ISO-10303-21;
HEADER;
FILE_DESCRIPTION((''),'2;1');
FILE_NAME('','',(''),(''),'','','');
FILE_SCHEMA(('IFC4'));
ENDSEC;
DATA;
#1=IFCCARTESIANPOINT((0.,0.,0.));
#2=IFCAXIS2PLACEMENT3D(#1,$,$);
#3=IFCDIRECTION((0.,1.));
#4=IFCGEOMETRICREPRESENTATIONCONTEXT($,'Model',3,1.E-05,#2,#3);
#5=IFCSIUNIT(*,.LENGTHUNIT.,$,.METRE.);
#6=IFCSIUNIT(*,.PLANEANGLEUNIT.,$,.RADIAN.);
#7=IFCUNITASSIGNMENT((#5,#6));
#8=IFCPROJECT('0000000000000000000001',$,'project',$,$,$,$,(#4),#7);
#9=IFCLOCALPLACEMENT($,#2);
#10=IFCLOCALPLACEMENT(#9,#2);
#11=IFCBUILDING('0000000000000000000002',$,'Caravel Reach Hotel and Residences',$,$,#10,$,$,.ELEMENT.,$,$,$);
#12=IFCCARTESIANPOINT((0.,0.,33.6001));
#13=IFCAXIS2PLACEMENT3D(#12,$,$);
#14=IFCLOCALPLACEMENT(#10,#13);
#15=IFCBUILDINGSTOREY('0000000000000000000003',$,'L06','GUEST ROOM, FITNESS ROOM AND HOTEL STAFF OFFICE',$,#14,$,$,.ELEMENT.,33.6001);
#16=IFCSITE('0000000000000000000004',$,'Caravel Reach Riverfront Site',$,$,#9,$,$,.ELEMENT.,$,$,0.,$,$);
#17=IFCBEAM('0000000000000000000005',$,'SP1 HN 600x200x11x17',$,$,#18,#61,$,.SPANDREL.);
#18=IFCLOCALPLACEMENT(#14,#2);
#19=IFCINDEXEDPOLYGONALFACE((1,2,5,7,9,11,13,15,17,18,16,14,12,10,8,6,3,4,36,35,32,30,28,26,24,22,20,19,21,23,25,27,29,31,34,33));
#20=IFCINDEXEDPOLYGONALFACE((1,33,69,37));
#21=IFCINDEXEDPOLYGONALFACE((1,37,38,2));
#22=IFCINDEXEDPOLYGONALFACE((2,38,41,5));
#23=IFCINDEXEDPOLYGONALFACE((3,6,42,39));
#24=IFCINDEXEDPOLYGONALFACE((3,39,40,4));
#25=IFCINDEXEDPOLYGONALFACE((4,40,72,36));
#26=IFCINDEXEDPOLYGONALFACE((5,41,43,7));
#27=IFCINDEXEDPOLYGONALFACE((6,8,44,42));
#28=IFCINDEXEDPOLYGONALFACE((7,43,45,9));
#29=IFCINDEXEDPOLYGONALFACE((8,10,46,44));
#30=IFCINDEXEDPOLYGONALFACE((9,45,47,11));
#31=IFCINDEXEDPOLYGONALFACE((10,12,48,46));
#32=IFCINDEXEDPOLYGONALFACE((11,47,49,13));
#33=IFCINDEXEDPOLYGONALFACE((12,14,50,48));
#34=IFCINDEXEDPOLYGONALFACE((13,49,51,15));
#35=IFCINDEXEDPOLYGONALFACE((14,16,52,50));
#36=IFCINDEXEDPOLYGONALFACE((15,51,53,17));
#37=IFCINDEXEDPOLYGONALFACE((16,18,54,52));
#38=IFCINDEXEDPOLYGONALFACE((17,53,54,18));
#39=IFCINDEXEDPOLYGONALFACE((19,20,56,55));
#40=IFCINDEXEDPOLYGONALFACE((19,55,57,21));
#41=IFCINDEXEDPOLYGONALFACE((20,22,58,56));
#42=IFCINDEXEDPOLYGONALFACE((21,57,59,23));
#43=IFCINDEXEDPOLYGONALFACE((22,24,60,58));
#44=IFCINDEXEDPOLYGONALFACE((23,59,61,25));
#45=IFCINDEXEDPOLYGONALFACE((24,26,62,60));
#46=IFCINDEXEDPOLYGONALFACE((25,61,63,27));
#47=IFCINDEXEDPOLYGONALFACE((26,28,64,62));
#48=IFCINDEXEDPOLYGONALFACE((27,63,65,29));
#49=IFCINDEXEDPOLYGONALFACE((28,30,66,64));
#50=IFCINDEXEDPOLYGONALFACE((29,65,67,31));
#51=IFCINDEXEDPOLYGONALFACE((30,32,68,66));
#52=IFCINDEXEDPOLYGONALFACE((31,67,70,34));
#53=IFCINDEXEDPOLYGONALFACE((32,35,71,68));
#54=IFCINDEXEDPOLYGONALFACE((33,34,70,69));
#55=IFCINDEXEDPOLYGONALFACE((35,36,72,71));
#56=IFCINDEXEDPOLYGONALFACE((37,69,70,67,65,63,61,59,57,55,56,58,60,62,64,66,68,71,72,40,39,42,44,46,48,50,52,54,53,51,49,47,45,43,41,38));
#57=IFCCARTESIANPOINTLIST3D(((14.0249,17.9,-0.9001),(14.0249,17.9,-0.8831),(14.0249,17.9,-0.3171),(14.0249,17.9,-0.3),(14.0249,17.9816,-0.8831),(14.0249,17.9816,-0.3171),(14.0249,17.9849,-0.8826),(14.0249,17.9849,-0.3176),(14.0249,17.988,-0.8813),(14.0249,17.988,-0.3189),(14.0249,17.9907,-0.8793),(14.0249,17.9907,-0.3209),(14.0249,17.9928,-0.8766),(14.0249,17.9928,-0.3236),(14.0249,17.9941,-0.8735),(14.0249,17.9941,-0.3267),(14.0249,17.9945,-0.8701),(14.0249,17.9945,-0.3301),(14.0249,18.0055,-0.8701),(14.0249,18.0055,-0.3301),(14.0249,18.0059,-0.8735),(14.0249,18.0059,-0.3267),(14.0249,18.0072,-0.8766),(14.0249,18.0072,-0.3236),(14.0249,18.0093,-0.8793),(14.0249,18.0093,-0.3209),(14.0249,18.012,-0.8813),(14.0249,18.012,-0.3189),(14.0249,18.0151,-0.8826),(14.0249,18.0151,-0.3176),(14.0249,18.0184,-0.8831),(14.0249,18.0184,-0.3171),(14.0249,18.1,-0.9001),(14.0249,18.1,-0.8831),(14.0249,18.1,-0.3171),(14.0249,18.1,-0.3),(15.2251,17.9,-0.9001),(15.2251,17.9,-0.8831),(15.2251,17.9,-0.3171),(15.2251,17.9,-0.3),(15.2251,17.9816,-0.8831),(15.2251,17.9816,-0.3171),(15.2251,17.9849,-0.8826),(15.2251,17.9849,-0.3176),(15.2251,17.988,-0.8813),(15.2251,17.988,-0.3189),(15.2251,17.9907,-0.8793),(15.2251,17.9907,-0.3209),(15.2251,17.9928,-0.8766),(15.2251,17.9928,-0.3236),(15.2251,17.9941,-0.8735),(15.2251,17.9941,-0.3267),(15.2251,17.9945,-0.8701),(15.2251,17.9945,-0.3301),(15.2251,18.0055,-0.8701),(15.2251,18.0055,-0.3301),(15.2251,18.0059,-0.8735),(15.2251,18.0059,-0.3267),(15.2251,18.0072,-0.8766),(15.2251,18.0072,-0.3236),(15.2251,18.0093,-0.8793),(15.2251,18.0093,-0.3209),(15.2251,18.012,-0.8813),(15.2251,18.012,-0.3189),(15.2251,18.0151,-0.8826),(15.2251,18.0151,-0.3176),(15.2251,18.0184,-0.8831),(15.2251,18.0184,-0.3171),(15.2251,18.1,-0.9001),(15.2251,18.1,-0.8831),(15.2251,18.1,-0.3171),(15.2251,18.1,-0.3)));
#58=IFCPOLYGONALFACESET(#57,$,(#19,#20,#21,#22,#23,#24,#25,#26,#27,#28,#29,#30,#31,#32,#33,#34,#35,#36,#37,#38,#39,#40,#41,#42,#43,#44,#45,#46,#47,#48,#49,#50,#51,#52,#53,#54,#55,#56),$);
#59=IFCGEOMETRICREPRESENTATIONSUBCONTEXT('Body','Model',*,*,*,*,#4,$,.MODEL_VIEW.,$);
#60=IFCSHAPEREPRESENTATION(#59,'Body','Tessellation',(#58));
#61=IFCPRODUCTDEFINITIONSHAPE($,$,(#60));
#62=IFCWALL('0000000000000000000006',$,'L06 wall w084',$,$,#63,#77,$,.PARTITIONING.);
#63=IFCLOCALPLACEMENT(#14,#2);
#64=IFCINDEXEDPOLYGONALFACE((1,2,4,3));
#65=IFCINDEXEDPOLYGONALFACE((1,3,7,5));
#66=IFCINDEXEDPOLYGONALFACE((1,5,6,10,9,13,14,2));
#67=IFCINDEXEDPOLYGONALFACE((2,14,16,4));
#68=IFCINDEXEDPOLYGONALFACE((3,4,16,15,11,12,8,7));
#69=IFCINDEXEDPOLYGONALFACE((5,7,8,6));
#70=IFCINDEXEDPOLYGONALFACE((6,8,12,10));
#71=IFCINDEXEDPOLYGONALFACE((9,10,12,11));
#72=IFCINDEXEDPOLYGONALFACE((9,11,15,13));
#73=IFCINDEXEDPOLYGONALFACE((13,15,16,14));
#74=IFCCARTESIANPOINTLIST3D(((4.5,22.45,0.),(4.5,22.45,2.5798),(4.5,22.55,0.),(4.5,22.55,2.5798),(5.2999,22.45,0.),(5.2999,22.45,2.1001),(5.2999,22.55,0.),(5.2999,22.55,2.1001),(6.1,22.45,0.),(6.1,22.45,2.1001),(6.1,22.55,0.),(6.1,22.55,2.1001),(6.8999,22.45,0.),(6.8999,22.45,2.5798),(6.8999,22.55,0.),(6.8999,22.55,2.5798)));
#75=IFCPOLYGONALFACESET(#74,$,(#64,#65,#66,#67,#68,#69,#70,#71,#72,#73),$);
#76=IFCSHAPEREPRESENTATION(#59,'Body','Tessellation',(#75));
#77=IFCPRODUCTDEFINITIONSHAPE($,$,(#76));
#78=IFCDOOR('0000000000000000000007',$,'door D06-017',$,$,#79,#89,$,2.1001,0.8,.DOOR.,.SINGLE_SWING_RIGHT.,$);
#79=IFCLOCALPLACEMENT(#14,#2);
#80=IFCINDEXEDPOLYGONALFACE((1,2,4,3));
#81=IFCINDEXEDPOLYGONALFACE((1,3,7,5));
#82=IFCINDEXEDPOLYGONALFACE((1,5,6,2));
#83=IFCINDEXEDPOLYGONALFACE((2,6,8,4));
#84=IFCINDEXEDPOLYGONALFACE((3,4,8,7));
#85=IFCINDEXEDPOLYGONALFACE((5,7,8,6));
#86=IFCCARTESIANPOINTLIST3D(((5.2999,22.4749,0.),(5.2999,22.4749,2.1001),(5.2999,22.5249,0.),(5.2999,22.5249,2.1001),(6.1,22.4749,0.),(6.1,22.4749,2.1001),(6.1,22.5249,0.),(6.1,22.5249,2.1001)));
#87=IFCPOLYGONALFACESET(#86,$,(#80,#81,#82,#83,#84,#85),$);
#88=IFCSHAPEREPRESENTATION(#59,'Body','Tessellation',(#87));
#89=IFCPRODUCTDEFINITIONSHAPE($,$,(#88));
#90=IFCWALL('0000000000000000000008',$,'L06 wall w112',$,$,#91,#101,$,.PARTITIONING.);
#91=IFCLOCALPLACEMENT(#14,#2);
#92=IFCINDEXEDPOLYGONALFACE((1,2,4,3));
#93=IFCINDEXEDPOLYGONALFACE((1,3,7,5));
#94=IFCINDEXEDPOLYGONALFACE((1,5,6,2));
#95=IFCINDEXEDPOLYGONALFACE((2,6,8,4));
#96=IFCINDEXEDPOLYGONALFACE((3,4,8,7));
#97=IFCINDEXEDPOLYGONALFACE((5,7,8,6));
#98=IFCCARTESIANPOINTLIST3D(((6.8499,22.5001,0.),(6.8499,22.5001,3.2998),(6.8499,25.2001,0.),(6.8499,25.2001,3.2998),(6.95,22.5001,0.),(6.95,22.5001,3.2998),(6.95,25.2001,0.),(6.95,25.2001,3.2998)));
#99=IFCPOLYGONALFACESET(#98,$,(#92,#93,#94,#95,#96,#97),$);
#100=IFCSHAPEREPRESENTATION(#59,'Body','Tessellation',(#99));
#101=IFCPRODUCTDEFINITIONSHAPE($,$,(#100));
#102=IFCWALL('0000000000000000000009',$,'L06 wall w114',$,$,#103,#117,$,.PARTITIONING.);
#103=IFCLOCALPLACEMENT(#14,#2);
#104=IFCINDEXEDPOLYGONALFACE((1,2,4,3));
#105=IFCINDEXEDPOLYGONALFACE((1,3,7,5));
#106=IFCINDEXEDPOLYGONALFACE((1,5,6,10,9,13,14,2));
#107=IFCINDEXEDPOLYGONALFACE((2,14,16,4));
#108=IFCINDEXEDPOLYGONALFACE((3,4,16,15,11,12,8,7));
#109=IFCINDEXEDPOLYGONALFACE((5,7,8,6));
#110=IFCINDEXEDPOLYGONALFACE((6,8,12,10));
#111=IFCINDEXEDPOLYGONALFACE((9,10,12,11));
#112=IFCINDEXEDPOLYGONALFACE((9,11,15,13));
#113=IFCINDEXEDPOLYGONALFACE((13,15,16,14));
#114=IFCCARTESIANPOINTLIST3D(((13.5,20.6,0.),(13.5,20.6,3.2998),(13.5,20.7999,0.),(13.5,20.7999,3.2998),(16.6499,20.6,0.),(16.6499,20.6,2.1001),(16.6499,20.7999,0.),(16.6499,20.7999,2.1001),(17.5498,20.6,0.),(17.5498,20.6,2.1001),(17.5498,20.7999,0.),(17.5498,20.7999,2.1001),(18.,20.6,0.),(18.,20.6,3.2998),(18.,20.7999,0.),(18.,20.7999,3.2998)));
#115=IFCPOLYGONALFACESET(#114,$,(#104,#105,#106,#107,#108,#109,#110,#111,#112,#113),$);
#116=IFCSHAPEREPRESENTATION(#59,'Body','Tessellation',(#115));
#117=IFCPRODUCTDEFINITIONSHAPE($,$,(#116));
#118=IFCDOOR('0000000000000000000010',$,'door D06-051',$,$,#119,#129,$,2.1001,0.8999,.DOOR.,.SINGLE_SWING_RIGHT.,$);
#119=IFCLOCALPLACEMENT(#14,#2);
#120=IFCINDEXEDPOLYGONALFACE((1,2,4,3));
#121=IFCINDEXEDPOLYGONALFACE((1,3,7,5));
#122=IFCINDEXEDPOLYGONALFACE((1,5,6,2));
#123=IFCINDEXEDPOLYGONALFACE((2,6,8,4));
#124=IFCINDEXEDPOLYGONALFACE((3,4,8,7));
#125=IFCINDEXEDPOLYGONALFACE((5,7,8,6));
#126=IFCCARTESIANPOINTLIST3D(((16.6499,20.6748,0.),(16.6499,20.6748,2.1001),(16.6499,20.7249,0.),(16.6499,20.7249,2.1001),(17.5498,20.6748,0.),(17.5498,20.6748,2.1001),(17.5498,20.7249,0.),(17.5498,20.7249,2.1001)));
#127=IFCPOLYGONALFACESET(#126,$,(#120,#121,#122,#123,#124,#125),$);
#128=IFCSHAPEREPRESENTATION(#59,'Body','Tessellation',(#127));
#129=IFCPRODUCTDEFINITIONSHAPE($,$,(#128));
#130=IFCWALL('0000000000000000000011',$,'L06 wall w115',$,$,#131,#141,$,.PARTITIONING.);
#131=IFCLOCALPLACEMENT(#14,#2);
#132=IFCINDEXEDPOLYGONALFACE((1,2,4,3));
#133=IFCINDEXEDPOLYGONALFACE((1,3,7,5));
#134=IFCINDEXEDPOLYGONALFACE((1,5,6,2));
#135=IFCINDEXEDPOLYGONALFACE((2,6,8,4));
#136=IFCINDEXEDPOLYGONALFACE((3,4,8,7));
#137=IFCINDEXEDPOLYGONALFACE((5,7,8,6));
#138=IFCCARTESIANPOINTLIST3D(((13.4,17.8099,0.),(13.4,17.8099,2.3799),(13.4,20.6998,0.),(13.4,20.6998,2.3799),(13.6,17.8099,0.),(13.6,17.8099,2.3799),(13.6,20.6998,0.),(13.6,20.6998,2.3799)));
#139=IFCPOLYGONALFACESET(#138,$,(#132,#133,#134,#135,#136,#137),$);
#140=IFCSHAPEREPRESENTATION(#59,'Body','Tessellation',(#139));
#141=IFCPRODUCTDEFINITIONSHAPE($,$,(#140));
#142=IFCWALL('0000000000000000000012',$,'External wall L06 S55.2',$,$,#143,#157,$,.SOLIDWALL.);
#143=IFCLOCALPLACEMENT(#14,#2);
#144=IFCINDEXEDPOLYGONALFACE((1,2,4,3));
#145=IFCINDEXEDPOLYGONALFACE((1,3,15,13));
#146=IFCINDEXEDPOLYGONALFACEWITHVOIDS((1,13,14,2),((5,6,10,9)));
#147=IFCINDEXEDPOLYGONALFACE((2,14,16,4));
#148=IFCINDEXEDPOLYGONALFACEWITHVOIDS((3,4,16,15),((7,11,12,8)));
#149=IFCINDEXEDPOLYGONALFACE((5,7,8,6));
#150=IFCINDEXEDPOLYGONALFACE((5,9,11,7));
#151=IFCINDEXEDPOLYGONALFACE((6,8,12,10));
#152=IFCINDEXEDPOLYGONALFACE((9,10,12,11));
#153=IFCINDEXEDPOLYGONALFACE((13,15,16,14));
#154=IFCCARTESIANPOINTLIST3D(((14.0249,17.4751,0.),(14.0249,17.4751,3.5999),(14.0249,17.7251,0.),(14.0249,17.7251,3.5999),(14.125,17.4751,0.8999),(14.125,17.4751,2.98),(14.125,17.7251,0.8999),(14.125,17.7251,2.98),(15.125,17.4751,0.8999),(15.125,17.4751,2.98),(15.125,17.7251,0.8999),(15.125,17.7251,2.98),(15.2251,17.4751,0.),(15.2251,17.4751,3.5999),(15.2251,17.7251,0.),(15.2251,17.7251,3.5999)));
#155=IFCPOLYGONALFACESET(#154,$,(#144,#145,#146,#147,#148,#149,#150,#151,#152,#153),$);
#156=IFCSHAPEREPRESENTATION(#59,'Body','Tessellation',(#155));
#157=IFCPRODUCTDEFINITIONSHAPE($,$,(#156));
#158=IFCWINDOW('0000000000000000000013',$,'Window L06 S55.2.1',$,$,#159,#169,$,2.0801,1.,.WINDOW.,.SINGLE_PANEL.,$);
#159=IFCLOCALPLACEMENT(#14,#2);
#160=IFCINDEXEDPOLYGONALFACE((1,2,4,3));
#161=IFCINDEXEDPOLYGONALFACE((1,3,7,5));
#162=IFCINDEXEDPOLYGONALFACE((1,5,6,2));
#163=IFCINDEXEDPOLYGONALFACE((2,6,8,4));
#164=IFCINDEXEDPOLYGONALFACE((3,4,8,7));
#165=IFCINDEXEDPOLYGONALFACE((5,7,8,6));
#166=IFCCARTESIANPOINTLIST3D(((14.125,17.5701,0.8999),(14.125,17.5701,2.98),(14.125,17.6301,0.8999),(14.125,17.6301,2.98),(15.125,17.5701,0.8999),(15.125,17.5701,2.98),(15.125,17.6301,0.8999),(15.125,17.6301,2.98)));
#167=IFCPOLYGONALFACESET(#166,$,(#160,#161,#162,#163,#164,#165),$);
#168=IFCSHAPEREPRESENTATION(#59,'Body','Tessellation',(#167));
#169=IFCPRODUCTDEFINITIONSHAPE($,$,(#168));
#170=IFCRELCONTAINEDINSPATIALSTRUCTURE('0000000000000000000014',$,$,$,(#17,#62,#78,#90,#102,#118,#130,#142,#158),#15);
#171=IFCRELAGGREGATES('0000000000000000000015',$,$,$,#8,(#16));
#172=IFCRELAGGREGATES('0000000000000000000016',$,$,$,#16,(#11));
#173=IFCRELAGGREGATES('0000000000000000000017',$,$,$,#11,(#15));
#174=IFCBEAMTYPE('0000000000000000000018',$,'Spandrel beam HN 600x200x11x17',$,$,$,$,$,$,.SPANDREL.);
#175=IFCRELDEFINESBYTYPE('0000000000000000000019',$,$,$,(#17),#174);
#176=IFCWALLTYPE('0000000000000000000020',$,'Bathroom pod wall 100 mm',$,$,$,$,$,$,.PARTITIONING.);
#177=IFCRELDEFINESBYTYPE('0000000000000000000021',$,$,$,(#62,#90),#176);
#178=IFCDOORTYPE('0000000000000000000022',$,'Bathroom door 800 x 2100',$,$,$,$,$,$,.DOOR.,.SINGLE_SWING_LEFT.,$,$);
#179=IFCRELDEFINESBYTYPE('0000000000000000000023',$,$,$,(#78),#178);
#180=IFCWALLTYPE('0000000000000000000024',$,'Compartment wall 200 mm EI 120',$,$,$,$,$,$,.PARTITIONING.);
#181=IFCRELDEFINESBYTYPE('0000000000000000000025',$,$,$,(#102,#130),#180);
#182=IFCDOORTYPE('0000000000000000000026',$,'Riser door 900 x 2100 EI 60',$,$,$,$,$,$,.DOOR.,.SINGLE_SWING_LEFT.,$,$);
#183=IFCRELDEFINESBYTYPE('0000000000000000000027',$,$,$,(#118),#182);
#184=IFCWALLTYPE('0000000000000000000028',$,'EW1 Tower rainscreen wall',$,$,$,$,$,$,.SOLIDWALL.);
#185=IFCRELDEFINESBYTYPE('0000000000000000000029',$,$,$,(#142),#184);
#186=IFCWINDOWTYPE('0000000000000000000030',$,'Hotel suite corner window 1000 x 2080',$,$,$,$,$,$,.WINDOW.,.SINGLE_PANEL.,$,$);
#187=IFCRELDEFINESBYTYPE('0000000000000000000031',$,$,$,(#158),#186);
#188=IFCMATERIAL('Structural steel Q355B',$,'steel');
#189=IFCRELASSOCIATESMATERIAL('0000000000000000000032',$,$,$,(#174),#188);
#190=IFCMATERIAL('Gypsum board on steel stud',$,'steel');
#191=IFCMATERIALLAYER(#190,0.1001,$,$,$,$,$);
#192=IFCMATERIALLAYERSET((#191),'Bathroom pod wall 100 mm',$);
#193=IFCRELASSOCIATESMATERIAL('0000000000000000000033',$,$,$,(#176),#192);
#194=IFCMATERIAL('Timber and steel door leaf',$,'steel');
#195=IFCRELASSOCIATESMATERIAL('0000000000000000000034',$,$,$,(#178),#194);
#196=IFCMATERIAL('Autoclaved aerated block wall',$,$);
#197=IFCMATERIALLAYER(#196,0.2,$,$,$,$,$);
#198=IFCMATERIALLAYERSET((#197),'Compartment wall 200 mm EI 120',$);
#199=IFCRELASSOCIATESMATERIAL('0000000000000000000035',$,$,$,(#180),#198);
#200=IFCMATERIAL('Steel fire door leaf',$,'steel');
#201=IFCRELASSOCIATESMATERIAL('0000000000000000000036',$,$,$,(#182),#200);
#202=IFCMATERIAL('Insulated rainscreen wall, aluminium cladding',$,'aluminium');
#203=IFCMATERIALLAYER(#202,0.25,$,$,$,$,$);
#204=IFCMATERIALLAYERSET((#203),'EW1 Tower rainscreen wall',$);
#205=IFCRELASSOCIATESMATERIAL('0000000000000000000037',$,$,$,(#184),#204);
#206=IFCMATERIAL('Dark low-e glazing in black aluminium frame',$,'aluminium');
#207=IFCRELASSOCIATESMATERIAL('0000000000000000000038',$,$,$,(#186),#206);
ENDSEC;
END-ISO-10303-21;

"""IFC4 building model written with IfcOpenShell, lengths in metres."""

from ifc_helpers import new_model, si_unit, direction, frame, frame_2d, origin, origin_2d, place, context, subcontext, project, spatial, rectangle, i_section, extrude, material, layer, layer_set, material_profile, profile_set, type_object, element, fill, save


model = new_model("IFC4")

# Units and contexts
model_context = context("Model", 3, precision=1e-05, world=origin(), true_north=direction((0.0, 1.0)))
body_context = subcontext(model_context, "Body", "Model", "MODEL_VIEW")
ifc_project = project(units=[si_unit("LENGTHUNIT", "METRE"), si_unit("PLANEANGLEUNIT", "RADIAN")], contexts=[model_context])

# Site, building, storey
site_placement = place(None, origin())
site = spatial("IfcSite", under=ifc_project, at=site_placement, Name="Caravel Reach Riverfront Site", CompositionType="ELEMENT", RefElevation=0.0)
building_placement = place(site_placement, origin())
building = spatial("IfcBuilding", under=site, at=building_placement, Name="Caravel Reach Hotel and Residences", CompositionType="ELEMENT")
storey_placement = place(building_placement, frame((0.0, 0.0, 33.6001)))
storey = spatial("IfcBuildingStorey", under=building, at=storey_placement, Name="L06", Description="GUEST ROOM, FITNESS ROOM AND HOTEL STAFF OFFICE", CompositionType="ELEMENT", Elevation=33.6001)

# Beam
ifc_material_1 = material(Name="Structural steel Q355B", Category="steel")
ifc_material_profile_1 = material_profile(ifc_material_1, i_section(OverallWidth=0.2, OverallDepth=0.6001, WebThickness=0.011, FlangeThickness=0.0171, FilletRadius=0.0129, at=origin_2d()), Name="HN 600x200x11x17")
ifc_profile_set_1 = profile_set([ifc_material_profile_1], Name="Structural steel Q355B")
beam_type_1 = type_object("IfcBeamType", Name="Spandrel beam HN 600x200x11x17", PredefinedType="SPANDREL", material=ifc_profile_set_1)
beam_1_placement = place(storey_placement, frame((14.0249, 18.0, -0.6001), z_axis=(1.0, 0.0, 0.0), x_axis=(0.0, 1.0, 0.0)))
element("IfcBeam", 1, at=beam_1_placement, inside=storey, type_object=beam_type_1, Name="SP1 HN 600x200x11x17", PredefinedType="SPANDREL", context=body_context, shape_type="SweptSolid", body=[
    extrude(i_section(OverallWidth=0.2, OverallDepth=0.6001, WebThickness=0.011, FlangeThickness=0.0171, FilletRadius=0.0129, at=origin_2d()), origin(), (0.0, 0.0, 1.0), 1.2002),
])

# Wall, opening, door
ifc_material_2 = material(Name="Gypsum board on steel stud", Category="steel")
ifc_layer_1 = layer(ifc_material_2, 0.1001)
ifc_layer_set_1 = layer_set([ifc_layer_1], Name="Bathroom pod wall 100 mm")
wall_type_1 = type_object("IfcWallType", Name="Bathroom pod wall 100 mm", PredefinedType="PARTITIONING", material=ifc_layer_set_1)
wall_1_placement = place(storey_placement, frame((4.5, 22.5, 0.0), z_axis=(0.0, 0.0, 1.0), x_axis=(1.0, 0.0, 0.0)))
wall_1 = element("IfcWall", 2, at=wall_1_placement, inside=storey, type_object=wall_type_1, Name="L06 wall w084", PredefinedType="PARTITIONING", context=body_context, shape_type="SweptSolid", body=[
    extrude(rectangle(XDim=2.3999, YDim=0.1001, at=frame_2d((1.2, 0.0))), origin(), (0.0, 0.0, 1.0), 2.5798),
])
opening_1_placement = place(wall_1_placement, frame((0.8, 0.0, 0.0)))
opening_1 = element("IfcOpeningElement", 3, at=opening_1_placement, cuts=wall_1, PredefinedType="OPENING", context=body_context, shape_type="SweptSolid", body=[
    extrude(rectangle(XDim=0.8, YDim=2.1001, at=frame_2d((0.3999, 1.05))), frame((0.0, 0.0601, 0.0), z_axis=(0.0, -1.0, 0.0), x_axis=(1.0, 0.0, 0.0)), (0.0, 0.0, 1.0), 0.1201),
])
ifc_material_3 = material(Name="Timber and steel door leaf", Category="steel")
door_type_1 = type_object("IfcDoorType", Name="Bathroom door 800 x 2100", OperationType="SINGLE_SWING_LEFT", PredefinedType="DOOR", material=ifc_material_3)
door_1_placement = place(opening_1_placement, origin())
door_1 = element("IfcDoor", 4, at=door_1_placement, inside=storey, type_object=door_type_1, Name="door D06-017", OperationType="SINGLE_SWING_RIGHT", OverallHeight=2.1001, OverallWidth=0.8, PredefinedType="DOOR", context=body_context, shape_type="SweptSolid", body=[
    extrude(rectangle(XDim=0.8, YDim=2.1001, at=frame_2d((0.3999, 1.05))), frame((0.0, 0.0249, 0.0), z_axis=(0.0, -1.0, 0.0), x_axis=(1.0, 0.0, 0.0)), (0.0, 0.0, 1.0), 0.05),
])
fill(opening_1, door_1)

# Wall
wall_2_placement = place(storey_placement, frame((6.8999, 22.5, 0.0), z_axis=(0.0, 0.0, 1.0), x_axis=(0.0, 1.0, 0.0)))
element("IfcWall", 5, at=wall_2_placement, inside=storey, type_object=wall_type_1, Name="L06 wall w112", PredefinedType="PARTITIONING", context=body_context, shape_type="SweptSolid", body=[
    extrude(rectangle(XDim=2.7, YDim=0.1001, at=frame_2d((1.3501, 0.0))), origin(), (0.0, 0.0, 1.0), 3.2998),
])

# Wall, opening, door
ifc_material_4 = material(Name="Autoclaved aerated block wall")
ifc_layer_2 = layer(ifc_material_4, 0.2)
ifc_layer_set_2 = layer_set([ifc_layer_2], Name="Compartment wall 200 mm EI 120")
wall_type_2 = type_object("IfcWallType", Name="Compartment wall 200 mm EI 120", PredefinedType="PARTITIONING", material=ifc_layer_set_2)
wall_3_placement = place(storey_placement, frame((13.5, 20.7, 0.0), z_axis=(0.0, 0.0, 1.0), x_axis=(1.0, 0.0, 0.0)))
wall_3 = element("IfcWall", 6, at=wall_3_placement, inside=storey, type_object=wall_type_2, Name="L06 wall w114", PredefinedType="PARTITIONING", context=body_context, shape_type="SweptSolid", body=[
    extrude(rectangle(XDim=4.5, YDim=0.2, at=frame_2d((2.25, 0.0))), origin(), (0.0, 0.0, 1.0), 3.2998),
])
opening_2_placement = place(wall_3_placement, frame((3.1499, 0.0, 0.0)))
opening_2 = element("IfcOpeningElement", 7, at=opening_2_placement, cuts=wall_3, PredefinedType="OPENING", context=body_context, shape_type="SweptSolid", body=[
    extrude(rectangle(XDim=0.8999, YDim=2.1001, at=frame_2d((0.45, 1.05))), frame((0.0, 0.1099, 0.0), z_axis=(0.0, -1.0, 0.0), x_axis=(1.0, 0.0, 0.0)), (0.0, 0.0, 1.0), 0.22),
])
ifc_material_5 = material(Name="Steel fire door leaf", Category="steel")
door_type_2 = type_object("IfcDoorType", Name="Riser door 900 x 2100 EI 60", OperationType="SINGLE_SWING_LEFT", PredefinedType="DOOR", material=ifc_material_5)
door_2_placement = place(opening_2_placement, origin())
door_2 = element("IfcDoor", 8, at=door_2_placement, inside=storey, type_object=door_type_2, Name="door D06-051", OperationType="SINGLE_SWING_RIGHT", OverallHeight=2.1001, OverallWidth=0.8999, PredefinedType="DOOR", context=body_context, shape_type="SweptSolid", body=[
    extrude(rectangle(XDim=0.8999, YDim=2.1001, at=frame_2d((0.45, 1.05))), frame((0.0, 0.0249, 0.0), z_axis=(0.0, -1.0, 0.0), x_axis=(1.0, 0.0, 0.0)), (0.0, 0.0, 1.0), 0.05),
])
fill(opening_2, door_2)

# Wall
wall_4_placement = place(storey_placement, frame((13.5, 17.8101, 0.0), z_axis=(0.0, 0.0, 1.0), x_axis=(0.0, 1.0, 0.0)))
element("IfcWall", 9, at=wall_4_placement, inside=storey, type_object=wall_type_2, Name="L06 wall w115", PredefinedType="PARTITIONING", context=body_context, shape_type="SweptSolid", body=[
    extrude(rectangle(XDim=2.8899, YDim=0.2, at=frame_2d((1.4448, 0.0))), origin(), (0.0, 0.0, 1.0), 2.3799),
])

# Shared definitions
ifc_material_6 = material(Name="Insulated rainscreen wall, aluminium cladding", Category="aluminium")
ifc_layer_3 = layer(ifc_material_6, 0.25)
ifc_layer_set_3 = layer_set([ifc_layer_3], Name="EW1 Tower rainscreen wall")
wall_type_3 = type_object("IfcWallType", Name="EW1 Tower rainscreen wall", PredefinedType="SOLIDWALL", material=ifc_layer_set_3)

# Wall, opening, window
wall_5_placement = place(storey_placement, frame((14.0249, 17.6001, 0.0), z_axis=(0.0, 0.0, 1.0), x_axis=(1.0, 0.0, 0.0)))
wall_5 = element("IfcWall", 10, at=wall_5_placement, inside=storey, type_object=wall_type_3, Name="External wall L06 S55.2", PredefinedType="SOLIDWALL", context=body_context, shape_type="SweptSolid", body=[
    extrude(rectangle(XDim=1.2002, YDim=0.25, at=frame_2d((0.6001, 0.0))), origin(), (0.0, 0.0, 1.0), 3.5999),
])
opening_3_placement = place(wall_5_placement, frame((0.1001, 0.0, 0.8999)))
opening_3 = element("IfcOpeningElement", 11, at=opening_3_placement, cuts=wall_5, PredefinedType="OPENING", context=body_context, shape_type="SweptSolid", body=[
    extrude(rectangle(XDim=1.0, YDim=2.0801, at=frame_2d((0.5, 1.04))), frame((0.0, 0.135, 0.0), z_axis=(0.0, -1.0, 0.0), x_axis=(1.0, 0.0, 0.0)), (0.0, 0.0, 1.0), 0.27),
])
ifc_material_7 = material(Name="Dark low-e glazing in black aluminium frame", Category="aluminium")
window_type_1 = type_object("IfcWindowType", Name="Hotel suite corner window 1000 x 2080", PartitioningType="SINGLE_PANEL", PredefinedType="WINDOW", material=ifc_material_7)
window_1_placement = place(opening_3_placement, origin())
window_1 = element("IfcWindow", 12, at=window_1_placement, inside=storey, type_object=window_type_1, Name="Window L06 S55.2.1", OverallHeight=2.0801, OverallWidth=1.0, PartitioningType="SINGLE_PANEL", PredefinedType="WINDOW", context=body_context, shape_type="SweptSolid", body=[
    extrude(rectangle(XDim=1.0, YDim=2.0801, at=frame_2d((0.5, 1.04))), frame((0.0, 0.03, 0.0), z_axis=(0.0, -1.0, 0.0), x_axis=(1.0, 0.0, 0.0)), (0.0, 0.0, 1.0), 0.0601),
])
fill(opening_3, window_1)

save(model, "model.ifc")
